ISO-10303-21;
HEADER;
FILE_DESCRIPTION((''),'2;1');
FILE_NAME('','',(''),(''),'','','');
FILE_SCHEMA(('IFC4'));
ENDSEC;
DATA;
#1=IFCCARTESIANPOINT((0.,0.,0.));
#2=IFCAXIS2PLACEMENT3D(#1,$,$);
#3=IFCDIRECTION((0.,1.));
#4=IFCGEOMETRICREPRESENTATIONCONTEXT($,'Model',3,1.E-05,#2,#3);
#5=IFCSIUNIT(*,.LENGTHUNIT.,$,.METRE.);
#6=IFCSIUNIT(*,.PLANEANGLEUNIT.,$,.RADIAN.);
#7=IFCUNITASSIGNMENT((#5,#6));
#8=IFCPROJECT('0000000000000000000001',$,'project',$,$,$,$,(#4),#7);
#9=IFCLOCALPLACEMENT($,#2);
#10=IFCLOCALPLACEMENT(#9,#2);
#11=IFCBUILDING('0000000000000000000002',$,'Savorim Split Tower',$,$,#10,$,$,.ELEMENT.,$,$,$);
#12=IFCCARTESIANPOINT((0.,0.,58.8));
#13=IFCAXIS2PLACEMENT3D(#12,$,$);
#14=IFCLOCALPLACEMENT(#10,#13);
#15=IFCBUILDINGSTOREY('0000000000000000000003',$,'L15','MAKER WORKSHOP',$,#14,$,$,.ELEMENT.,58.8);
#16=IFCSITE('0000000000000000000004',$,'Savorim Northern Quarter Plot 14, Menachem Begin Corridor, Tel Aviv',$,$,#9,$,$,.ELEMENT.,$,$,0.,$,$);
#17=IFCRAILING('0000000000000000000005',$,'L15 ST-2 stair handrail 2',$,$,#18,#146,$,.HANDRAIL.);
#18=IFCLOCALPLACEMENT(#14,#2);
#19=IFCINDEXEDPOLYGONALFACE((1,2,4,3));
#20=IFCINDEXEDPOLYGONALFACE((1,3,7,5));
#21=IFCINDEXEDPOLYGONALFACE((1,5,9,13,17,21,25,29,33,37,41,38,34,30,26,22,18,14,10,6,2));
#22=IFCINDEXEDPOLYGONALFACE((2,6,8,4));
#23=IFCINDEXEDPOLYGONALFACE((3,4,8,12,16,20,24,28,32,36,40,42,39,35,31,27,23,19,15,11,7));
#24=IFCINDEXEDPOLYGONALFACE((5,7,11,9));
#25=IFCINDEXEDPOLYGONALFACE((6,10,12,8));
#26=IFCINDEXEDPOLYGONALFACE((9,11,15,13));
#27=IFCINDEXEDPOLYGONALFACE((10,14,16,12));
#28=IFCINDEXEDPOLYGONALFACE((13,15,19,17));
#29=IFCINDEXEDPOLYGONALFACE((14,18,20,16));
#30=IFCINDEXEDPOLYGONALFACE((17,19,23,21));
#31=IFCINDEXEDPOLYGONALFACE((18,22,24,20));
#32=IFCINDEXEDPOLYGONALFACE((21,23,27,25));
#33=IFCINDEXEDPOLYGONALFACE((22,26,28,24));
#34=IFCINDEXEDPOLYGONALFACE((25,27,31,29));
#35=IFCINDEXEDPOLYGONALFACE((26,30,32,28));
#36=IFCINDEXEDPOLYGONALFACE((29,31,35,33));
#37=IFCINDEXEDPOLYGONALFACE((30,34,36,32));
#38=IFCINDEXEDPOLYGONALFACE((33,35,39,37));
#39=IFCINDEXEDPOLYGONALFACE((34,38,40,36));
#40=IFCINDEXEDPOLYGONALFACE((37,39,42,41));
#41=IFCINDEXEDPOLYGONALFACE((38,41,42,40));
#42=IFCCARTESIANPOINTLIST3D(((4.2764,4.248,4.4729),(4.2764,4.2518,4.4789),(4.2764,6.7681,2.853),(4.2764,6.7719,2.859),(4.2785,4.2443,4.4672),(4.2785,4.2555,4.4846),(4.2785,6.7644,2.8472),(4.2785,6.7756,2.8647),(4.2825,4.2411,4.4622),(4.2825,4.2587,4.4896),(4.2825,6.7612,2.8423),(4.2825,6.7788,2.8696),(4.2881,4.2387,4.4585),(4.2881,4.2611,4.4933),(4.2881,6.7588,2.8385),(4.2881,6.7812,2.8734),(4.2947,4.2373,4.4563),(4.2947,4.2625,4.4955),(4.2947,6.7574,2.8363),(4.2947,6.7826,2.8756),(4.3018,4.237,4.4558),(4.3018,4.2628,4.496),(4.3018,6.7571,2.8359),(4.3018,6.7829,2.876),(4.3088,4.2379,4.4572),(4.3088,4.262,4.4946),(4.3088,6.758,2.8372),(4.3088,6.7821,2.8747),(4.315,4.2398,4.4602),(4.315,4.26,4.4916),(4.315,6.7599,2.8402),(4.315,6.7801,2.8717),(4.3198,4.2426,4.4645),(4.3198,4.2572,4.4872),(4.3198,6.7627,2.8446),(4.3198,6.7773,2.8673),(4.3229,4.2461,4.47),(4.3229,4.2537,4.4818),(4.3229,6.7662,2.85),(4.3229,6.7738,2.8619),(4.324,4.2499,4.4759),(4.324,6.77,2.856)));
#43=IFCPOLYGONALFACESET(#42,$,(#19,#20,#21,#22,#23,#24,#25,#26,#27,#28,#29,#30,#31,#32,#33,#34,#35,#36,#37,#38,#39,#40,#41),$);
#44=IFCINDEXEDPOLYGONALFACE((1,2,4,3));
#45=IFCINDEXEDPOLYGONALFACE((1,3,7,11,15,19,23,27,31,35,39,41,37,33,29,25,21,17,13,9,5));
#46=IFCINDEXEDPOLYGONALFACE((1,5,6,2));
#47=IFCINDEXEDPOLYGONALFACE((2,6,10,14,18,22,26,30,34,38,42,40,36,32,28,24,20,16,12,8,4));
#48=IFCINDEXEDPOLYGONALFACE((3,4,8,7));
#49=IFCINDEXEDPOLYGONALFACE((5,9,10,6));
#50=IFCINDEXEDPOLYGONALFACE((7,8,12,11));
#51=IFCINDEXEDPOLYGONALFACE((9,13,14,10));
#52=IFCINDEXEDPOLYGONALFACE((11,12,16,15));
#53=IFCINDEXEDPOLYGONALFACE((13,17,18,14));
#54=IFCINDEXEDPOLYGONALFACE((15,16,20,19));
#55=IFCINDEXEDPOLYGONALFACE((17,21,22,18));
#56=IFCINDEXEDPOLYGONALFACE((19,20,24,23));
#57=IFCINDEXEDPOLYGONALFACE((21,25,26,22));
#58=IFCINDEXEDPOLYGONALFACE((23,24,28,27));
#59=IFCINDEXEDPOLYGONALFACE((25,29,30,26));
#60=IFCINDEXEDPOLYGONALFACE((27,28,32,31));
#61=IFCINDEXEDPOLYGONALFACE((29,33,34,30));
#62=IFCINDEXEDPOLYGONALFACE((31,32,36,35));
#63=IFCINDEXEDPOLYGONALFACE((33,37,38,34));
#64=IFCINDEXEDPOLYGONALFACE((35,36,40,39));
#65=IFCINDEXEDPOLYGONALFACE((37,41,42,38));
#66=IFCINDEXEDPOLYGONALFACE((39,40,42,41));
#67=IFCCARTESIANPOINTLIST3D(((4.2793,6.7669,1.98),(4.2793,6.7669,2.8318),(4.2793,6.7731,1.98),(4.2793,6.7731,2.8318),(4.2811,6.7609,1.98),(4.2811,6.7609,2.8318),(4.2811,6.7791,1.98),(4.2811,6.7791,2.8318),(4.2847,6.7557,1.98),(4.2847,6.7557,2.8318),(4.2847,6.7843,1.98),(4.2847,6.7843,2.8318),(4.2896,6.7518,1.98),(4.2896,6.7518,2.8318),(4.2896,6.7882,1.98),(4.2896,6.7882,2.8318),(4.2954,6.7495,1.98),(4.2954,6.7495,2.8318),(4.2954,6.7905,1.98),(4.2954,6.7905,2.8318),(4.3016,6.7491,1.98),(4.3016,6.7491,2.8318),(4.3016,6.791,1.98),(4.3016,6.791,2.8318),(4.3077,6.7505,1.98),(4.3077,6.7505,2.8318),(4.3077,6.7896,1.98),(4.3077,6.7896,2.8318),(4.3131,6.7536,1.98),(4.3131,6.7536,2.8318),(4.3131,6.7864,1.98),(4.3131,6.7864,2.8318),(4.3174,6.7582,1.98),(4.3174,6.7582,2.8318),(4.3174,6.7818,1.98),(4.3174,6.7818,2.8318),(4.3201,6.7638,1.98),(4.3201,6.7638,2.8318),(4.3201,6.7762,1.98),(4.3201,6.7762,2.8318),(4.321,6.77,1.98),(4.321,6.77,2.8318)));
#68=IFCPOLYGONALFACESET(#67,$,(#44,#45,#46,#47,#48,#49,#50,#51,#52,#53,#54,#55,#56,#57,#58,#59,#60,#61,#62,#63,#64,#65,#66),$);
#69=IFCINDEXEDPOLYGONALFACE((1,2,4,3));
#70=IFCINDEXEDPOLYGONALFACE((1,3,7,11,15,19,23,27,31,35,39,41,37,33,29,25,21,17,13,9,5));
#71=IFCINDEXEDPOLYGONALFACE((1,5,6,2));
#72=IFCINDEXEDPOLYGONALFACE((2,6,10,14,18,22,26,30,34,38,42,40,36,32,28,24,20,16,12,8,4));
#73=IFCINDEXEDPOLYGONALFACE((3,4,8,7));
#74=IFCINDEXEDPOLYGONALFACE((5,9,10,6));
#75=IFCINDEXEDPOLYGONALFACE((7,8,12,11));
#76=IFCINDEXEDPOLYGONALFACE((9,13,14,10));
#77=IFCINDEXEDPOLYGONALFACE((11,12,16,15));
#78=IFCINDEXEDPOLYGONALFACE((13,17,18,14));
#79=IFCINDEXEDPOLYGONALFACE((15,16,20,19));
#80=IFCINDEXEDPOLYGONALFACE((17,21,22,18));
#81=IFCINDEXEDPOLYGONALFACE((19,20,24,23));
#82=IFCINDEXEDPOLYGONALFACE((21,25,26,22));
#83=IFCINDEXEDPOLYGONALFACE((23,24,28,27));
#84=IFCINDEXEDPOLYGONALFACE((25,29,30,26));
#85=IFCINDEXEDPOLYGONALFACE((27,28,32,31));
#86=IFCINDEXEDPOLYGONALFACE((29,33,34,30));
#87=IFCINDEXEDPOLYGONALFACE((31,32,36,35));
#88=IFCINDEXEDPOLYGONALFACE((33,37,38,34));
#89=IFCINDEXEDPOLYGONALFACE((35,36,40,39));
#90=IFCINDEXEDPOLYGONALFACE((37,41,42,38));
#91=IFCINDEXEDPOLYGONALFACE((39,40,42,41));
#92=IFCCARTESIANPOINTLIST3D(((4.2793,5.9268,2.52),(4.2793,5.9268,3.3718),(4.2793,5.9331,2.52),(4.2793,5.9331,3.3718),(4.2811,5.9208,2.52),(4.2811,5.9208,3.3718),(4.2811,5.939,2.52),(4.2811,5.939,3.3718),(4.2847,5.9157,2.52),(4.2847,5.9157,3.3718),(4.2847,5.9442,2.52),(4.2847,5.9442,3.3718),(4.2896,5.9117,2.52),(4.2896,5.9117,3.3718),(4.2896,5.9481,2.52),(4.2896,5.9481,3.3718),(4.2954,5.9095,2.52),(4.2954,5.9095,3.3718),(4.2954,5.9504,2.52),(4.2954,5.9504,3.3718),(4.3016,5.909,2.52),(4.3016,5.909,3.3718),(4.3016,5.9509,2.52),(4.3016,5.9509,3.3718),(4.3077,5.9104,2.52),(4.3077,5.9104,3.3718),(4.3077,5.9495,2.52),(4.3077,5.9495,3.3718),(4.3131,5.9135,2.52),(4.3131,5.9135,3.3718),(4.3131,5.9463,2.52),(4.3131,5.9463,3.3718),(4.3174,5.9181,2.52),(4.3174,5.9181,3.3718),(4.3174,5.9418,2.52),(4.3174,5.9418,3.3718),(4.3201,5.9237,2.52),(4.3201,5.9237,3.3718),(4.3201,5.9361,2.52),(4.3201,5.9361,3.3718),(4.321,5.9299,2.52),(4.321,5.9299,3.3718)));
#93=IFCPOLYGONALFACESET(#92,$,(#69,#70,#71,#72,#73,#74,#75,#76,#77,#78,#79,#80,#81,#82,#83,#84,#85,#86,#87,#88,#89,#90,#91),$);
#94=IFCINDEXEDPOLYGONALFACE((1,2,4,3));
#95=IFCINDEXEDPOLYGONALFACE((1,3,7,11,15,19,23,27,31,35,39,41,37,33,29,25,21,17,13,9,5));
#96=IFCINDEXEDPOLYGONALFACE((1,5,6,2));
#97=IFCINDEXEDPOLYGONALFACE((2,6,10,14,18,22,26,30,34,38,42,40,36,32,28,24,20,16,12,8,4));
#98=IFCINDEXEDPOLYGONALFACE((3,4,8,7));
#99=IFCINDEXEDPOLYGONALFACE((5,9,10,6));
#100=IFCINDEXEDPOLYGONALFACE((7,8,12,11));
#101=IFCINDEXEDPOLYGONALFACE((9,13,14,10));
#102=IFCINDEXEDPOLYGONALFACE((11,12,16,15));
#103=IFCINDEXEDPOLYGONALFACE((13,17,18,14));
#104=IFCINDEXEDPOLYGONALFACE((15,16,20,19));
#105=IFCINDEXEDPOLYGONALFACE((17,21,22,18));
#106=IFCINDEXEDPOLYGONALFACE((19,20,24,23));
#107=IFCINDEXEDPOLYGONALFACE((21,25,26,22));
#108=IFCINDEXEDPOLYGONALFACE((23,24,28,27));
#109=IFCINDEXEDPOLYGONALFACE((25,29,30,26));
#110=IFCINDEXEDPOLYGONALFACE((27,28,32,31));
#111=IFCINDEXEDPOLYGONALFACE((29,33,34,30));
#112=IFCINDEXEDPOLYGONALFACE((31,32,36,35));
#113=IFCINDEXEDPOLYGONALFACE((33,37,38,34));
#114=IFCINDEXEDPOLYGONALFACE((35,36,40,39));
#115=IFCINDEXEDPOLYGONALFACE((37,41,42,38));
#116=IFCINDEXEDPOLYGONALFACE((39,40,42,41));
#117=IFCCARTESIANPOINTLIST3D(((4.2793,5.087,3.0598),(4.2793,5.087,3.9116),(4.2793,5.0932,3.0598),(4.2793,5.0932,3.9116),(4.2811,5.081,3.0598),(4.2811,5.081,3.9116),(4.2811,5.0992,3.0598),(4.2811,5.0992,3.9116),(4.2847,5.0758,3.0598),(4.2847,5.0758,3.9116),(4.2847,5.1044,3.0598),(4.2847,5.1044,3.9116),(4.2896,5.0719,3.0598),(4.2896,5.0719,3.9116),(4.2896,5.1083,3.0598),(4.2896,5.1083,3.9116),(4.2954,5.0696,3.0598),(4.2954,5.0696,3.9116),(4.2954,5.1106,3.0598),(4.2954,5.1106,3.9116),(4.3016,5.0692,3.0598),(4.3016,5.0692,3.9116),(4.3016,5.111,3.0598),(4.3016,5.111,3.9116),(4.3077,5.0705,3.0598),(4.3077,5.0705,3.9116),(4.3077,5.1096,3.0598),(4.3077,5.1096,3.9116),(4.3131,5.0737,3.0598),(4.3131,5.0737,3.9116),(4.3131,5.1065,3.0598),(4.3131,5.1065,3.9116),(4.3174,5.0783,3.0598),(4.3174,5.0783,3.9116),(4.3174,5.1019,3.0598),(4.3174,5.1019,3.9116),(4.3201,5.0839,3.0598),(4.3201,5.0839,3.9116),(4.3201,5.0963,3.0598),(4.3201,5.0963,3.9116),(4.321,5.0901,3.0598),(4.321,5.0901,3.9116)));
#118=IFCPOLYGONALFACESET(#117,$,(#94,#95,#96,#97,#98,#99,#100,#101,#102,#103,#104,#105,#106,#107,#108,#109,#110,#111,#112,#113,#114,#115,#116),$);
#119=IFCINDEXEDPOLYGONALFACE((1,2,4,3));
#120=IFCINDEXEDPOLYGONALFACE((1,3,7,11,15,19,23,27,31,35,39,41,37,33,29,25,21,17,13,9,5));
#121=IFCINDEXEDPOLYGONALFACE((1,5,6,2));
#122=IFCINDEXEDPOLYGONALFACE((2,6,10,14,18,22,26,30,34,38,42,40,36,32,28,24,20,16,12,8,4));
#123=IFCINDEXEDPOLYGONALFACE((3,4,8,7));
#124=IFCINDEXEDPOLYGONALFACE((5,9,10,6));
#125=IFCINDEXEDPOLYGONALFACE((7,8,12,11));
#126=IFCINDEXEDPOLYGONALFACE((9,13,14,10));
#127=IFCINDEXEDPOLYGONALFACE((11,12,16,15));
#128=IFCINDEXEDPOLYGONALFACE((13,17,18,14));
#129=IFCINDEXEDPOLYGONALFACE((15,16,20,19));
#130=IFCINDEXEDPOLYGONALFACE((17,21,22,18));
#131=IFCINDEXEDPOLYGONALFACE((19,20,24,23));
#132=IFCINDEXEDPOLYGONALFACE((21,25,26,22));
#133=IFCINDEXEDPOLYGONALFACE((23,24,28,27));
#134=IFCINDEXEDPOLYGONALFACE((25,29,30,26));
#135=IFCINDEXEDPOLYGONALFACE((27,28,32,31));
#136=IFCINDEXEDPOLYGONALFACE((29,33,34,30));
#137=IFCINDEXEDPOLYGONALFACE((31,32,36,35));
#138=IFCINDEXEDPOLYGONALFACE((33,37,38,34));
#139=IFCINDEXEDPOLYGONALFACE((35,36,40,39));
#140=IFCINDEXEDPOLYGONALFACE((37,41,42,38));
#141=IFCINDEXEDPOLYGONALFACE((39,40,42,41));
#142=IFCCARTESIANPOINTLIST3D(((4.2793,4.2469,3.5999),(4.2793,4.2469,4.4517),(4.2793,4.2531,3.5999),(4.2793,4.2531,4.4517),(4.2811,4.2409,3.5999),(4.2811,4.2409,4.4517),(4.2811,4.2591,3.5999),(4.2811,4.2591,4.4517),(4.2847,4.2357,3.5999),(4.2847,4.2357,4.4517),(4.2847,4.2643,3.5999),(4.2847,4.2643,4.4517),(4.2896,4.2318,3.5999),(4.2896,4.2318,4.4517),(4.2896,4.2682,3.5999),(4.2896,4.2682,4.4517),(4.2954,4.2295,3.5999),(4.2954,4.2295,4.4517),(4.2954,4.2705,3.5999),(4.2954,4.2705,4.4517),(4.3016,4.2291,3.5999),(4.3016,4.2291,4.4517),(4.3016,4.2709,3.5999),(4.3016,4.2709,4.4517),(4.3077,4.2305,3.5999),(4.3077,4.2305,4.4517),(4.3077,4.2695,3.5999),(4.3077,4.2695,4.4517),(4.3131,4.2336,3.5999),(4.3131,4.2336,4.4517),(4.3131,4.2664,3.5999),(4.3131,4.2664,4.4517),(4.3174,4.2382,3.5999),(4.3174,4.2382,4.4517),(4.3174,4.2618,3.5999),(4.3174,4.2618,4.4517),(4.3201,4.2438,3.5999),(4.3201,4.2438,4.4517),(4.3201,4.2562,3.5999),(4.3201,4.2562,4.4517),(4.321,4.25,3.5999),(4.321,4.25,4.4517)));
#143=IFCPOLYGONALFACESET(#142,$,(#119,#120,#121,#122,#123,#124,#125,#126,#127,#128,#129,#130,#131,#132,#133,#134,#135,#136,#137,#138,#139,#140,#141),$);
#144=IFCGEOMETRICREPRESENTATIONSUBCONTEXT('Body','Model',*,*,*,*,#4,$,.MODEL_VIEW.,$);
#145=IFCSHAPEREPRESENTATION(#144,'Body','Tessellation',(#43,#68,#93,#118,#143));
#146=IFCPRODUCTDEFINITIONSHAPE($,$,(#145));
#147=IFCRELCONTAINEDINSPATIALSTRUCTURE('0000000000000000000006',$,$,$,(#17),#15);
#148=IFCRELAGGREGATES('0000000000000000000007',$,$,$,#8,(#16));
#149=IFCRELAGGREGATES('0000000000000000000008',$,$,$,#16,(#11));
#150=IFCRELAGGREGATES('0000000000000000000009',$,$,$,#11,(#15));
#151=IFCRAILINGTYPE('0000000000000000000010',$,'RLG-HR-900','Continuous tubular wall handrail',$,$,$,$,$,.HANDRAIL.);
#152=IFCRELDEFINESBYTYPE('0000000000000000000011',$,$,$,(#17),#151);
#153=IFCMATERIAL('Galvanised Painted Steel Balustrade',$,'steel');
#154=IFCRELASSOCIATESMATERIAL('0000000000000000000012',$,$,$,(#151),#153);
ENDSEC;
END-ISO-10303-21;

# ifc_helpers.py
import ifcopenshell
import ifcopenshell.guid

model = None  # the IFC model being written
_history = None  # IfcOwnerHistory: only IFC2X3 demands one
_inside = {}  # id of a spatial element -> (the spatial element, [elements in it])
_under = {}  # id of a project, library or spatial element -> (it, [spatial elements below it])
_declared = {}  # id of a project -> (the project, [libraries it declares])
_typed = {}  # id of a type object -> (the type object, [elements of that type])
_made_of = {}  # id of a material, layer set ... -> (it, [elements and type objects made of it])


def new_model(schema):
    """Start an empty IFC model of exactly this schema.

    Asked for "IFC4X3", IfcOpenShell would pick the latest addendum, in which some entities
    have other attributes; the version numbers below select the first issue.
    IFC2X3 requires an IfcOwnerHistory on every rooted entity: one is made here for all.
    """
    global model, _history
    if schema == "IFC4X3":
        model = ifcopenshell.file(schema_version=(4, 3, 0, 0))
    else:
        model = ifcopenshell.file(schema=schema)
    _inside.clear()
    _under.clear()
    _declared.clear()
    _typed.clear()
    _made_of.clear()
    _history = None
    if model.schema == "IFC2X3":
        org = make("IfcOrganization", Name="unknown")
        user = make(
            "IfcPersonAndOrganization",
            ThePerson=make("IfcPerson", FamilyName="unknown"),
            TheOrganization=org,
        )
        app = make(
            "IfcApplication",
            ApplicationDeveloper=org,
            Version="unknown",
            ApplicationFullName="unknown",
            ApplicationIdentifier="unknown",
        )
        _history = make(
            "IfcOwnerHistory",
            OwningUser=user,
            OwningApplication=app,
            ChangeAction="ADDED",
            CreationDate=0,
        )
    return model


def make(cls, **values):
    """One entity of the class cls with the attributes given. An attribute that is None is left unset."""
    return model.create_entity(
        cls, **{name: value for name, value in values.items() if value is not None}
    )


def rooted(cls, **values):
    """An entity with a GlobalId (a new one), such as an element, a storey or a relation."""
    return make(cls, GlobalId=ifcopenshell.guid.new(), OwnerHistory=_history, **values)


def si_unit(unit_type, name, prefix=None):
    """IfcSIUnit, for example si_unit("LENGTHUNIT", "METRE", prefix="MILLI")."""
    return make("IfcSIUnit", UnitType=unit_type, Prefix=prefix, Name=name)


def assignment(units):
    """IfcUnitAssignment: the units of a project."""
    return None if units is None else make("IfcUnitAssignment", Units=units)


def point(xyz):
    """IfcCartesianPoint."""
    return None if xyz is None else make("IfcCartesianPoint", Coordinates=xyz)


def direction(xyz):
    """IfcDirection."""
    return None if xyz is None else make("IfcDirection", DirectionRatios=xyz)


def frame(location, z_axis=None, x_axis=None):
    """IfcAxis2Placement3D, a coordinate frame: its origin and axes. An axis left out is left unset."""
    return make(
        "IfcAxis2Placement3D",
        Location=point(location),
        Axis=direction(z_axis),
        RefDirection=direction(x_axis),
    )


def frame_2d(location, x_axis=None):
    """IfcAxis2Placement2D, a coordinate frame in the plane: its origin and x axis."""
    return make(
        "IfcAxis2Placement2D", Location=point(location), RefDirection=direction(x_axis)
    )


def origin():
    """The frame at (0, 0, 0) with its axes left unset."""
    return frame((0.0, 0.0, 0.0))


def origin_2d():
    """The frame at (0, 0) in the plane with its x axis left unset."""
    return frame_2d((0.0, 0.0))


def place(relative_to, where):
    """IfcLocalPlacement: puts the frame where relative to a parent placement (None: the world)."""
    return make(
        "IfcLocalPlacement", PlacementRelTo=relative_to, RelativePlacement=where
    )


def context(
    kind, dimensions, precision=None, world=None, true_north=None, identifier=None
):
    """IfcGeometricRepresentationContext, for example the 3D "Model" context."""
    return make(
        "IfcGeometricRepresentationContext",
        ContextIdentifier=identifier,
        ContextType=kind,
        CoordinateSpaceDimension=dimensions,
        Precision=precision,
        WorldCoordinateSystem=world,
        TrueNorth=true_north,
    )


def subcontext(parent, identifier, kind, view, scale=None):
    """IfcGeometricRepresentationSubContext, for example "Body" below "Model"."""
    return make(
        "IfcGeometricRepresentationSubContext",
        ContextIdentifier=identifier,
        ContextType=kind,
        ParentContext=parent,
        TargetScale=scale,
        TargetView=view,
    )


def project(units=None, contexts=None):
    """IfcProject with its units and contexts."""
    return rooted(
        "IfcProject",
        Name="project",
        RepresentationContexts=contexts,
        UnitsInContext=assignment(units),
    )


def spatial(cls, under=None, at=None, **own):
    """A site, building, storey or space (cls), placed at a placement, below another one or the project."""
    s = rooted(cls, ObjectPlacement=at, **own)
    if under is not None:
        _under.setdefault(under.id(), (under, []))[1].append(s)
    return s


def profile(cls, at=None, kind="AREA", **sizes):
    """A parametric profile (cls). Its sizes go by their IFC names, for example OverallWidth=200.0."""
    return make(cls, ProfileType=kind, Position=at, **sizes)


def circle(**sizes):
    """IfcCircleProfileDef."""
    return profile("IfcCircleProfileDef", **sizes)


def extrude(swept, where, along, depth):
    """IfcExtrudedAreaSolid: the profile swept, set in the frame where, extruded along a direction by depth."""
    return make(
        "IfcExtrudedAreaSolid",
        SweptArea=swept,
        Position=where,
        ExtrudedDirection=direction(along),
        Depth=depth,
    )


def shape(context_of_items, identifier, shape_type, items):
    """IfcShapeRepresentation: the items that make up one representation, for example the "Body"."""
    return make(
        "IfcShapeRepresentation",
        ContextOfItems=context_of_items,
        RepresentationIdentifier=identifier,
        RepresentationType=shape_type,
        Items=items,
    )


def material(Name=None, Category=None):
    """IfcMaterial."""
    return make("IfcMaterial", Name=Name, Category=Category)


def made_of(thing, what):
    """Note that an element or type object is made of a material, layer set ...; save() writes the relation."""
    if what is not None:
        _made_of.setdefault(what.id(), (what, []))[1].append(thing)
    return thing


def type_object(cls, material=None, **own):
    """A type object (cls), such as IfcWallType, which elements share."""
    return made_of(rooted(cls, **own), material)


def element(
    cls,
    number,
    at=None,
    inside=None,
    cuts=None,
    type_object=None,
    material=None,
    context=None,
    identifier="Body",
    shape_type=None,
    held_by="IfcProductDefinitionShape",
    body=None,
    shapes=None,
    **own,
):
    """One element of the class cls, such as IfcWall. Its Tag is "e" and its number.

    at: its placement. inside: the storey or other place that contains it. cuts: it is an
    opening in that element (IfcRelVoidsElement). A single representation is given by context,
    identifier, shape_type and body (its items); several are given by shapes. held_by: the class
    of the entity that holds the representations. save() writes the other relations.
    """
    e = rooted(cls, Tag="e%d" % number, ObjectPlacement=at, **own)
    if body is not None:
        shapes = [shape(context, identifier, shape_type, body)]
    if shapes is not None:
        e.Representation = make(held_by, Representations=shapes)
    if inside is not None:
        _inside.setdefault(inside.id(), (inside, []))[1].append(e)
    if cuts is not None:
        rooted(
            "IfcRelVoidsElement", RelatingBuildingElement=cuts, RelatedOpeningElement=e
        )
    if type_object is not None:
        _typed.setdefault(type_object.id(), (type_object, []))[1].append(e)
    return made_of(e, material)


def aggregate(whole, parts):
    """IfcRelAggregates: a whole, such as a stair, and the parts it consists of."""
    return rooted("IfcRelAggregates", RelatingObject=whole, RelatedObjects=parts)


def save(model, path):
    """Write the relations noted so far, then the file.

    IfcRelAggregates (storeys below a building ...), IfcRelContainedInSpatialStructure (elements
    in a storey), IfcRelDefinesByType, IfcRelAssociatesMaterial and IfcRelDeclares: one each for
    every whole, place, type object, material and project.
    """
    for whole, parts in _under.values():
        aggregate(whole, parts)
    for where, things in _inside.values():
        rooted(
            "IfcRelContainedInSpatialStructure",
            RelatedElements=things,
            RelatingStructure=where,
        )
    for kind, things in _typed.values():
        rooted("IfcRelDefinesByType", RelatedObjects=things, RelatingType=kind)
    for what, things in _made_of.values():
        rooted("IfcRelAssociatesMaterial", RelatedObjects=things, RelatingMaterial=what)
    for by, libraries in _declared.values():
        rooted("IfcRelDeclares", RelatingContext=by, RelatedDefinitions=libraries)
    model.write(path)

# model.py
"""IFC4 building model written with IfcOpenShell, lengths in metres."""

from ifc_helpers import new_model, si_unit, direction, frame, origin, origin_2d, place, context, subcontext, project, spatial, circle, extrude, material, type_object, element, save


model = new_model("IFC4")

# Units and contexts
model_context = context("Model", 3, precision=1e-05, world=origin(), true_north=direction((0.0, 1.0)))
body_context = subcontext(model_context, "Body", "Model", "MODEL_VIEW")
ifc_project = project(units=[si_unit("LENGTHUNIT", "METRE"), si_unit("PLANEANGLEUNIT", "RADIAN")], contexts=[model_context])

# Site, building, storey
site_placement = place(None, origin())
site = spatial("IfcSite", under=ifc_project, at=site_placement, Name="Savorim Northern Quarter Plot 14, Menachem Begin Corridor, Tel Aviv", CompositionType="ELEMENT", RefElevation=0.0)
building_placement = place(site_placement, origin())
building = spatial("IfcBuilding", under=site, at=building_placement, Name="Savorim Split Tower", CompositionType="ELEMENT")
storey_placement = place(building_placement, frame((0.0, 0.0, 58.8)))
storey = spatial("IfcBuildingStorey", under=building, at=storey_placement, Name="L15", Description="MAKER WORKSHOP", CompositionType="ELEMENT", Elevation=58.8)

# Railing
ifc_material_1 = material(Name="Galvanised Painted Steel Balustrade", Category="steel")
railing_type_1 = type_object("IfcRailingType", Name="RLG-HR-900", Description="Continuous tubular wall handrail", PredefinedType="HANDRAIL", material=ifc_material_1)
railing_1_placement = place(storey_placement, frame((4.3, 6.77, 1.98)))
element("IfcRailing", 1, at=railing_1_placement, inside=storey, type_object=railing_type_1, Name="L15 ST-2 stair handrail 2", PredefinedType="HANDRAIL", context=body_context, shape_type="SweptSolid", body=[
    extrude(circle(Radius=0.0239, at=origin_2d()), frame((0.0, 0.0, 0.876), z_axis=(0.0, -0.8412, 0.540725), x_axis=(1.0, 0.0, 0.0)), (0.0, 0.0, 1.0), 2.9958),
    extrude(circle(Radius=0.021, at=origin_2d()), origin(), (0.0, 0.0, 1.0), 0.8518),
    extrude(circle(Radius=0.021, at=origin_2d()), frame((0.0, -0.8401, 0.54)), (0.0, 0.0, 1.0), 0.8518),
    extrude(circle(Radius=0.021, at=origin_2d()), frame((0.0, -1.6799, 1.0798)), (0.0, 0.0, 1.0), 0.8518),
    extrude(circle(Radius=0.021, at=origin_2d()), frame((0.0, -2.52, 1.6199)), (0.0, 0.0, 1.0), 0.8518),
])

save(model, "model.ifc")
